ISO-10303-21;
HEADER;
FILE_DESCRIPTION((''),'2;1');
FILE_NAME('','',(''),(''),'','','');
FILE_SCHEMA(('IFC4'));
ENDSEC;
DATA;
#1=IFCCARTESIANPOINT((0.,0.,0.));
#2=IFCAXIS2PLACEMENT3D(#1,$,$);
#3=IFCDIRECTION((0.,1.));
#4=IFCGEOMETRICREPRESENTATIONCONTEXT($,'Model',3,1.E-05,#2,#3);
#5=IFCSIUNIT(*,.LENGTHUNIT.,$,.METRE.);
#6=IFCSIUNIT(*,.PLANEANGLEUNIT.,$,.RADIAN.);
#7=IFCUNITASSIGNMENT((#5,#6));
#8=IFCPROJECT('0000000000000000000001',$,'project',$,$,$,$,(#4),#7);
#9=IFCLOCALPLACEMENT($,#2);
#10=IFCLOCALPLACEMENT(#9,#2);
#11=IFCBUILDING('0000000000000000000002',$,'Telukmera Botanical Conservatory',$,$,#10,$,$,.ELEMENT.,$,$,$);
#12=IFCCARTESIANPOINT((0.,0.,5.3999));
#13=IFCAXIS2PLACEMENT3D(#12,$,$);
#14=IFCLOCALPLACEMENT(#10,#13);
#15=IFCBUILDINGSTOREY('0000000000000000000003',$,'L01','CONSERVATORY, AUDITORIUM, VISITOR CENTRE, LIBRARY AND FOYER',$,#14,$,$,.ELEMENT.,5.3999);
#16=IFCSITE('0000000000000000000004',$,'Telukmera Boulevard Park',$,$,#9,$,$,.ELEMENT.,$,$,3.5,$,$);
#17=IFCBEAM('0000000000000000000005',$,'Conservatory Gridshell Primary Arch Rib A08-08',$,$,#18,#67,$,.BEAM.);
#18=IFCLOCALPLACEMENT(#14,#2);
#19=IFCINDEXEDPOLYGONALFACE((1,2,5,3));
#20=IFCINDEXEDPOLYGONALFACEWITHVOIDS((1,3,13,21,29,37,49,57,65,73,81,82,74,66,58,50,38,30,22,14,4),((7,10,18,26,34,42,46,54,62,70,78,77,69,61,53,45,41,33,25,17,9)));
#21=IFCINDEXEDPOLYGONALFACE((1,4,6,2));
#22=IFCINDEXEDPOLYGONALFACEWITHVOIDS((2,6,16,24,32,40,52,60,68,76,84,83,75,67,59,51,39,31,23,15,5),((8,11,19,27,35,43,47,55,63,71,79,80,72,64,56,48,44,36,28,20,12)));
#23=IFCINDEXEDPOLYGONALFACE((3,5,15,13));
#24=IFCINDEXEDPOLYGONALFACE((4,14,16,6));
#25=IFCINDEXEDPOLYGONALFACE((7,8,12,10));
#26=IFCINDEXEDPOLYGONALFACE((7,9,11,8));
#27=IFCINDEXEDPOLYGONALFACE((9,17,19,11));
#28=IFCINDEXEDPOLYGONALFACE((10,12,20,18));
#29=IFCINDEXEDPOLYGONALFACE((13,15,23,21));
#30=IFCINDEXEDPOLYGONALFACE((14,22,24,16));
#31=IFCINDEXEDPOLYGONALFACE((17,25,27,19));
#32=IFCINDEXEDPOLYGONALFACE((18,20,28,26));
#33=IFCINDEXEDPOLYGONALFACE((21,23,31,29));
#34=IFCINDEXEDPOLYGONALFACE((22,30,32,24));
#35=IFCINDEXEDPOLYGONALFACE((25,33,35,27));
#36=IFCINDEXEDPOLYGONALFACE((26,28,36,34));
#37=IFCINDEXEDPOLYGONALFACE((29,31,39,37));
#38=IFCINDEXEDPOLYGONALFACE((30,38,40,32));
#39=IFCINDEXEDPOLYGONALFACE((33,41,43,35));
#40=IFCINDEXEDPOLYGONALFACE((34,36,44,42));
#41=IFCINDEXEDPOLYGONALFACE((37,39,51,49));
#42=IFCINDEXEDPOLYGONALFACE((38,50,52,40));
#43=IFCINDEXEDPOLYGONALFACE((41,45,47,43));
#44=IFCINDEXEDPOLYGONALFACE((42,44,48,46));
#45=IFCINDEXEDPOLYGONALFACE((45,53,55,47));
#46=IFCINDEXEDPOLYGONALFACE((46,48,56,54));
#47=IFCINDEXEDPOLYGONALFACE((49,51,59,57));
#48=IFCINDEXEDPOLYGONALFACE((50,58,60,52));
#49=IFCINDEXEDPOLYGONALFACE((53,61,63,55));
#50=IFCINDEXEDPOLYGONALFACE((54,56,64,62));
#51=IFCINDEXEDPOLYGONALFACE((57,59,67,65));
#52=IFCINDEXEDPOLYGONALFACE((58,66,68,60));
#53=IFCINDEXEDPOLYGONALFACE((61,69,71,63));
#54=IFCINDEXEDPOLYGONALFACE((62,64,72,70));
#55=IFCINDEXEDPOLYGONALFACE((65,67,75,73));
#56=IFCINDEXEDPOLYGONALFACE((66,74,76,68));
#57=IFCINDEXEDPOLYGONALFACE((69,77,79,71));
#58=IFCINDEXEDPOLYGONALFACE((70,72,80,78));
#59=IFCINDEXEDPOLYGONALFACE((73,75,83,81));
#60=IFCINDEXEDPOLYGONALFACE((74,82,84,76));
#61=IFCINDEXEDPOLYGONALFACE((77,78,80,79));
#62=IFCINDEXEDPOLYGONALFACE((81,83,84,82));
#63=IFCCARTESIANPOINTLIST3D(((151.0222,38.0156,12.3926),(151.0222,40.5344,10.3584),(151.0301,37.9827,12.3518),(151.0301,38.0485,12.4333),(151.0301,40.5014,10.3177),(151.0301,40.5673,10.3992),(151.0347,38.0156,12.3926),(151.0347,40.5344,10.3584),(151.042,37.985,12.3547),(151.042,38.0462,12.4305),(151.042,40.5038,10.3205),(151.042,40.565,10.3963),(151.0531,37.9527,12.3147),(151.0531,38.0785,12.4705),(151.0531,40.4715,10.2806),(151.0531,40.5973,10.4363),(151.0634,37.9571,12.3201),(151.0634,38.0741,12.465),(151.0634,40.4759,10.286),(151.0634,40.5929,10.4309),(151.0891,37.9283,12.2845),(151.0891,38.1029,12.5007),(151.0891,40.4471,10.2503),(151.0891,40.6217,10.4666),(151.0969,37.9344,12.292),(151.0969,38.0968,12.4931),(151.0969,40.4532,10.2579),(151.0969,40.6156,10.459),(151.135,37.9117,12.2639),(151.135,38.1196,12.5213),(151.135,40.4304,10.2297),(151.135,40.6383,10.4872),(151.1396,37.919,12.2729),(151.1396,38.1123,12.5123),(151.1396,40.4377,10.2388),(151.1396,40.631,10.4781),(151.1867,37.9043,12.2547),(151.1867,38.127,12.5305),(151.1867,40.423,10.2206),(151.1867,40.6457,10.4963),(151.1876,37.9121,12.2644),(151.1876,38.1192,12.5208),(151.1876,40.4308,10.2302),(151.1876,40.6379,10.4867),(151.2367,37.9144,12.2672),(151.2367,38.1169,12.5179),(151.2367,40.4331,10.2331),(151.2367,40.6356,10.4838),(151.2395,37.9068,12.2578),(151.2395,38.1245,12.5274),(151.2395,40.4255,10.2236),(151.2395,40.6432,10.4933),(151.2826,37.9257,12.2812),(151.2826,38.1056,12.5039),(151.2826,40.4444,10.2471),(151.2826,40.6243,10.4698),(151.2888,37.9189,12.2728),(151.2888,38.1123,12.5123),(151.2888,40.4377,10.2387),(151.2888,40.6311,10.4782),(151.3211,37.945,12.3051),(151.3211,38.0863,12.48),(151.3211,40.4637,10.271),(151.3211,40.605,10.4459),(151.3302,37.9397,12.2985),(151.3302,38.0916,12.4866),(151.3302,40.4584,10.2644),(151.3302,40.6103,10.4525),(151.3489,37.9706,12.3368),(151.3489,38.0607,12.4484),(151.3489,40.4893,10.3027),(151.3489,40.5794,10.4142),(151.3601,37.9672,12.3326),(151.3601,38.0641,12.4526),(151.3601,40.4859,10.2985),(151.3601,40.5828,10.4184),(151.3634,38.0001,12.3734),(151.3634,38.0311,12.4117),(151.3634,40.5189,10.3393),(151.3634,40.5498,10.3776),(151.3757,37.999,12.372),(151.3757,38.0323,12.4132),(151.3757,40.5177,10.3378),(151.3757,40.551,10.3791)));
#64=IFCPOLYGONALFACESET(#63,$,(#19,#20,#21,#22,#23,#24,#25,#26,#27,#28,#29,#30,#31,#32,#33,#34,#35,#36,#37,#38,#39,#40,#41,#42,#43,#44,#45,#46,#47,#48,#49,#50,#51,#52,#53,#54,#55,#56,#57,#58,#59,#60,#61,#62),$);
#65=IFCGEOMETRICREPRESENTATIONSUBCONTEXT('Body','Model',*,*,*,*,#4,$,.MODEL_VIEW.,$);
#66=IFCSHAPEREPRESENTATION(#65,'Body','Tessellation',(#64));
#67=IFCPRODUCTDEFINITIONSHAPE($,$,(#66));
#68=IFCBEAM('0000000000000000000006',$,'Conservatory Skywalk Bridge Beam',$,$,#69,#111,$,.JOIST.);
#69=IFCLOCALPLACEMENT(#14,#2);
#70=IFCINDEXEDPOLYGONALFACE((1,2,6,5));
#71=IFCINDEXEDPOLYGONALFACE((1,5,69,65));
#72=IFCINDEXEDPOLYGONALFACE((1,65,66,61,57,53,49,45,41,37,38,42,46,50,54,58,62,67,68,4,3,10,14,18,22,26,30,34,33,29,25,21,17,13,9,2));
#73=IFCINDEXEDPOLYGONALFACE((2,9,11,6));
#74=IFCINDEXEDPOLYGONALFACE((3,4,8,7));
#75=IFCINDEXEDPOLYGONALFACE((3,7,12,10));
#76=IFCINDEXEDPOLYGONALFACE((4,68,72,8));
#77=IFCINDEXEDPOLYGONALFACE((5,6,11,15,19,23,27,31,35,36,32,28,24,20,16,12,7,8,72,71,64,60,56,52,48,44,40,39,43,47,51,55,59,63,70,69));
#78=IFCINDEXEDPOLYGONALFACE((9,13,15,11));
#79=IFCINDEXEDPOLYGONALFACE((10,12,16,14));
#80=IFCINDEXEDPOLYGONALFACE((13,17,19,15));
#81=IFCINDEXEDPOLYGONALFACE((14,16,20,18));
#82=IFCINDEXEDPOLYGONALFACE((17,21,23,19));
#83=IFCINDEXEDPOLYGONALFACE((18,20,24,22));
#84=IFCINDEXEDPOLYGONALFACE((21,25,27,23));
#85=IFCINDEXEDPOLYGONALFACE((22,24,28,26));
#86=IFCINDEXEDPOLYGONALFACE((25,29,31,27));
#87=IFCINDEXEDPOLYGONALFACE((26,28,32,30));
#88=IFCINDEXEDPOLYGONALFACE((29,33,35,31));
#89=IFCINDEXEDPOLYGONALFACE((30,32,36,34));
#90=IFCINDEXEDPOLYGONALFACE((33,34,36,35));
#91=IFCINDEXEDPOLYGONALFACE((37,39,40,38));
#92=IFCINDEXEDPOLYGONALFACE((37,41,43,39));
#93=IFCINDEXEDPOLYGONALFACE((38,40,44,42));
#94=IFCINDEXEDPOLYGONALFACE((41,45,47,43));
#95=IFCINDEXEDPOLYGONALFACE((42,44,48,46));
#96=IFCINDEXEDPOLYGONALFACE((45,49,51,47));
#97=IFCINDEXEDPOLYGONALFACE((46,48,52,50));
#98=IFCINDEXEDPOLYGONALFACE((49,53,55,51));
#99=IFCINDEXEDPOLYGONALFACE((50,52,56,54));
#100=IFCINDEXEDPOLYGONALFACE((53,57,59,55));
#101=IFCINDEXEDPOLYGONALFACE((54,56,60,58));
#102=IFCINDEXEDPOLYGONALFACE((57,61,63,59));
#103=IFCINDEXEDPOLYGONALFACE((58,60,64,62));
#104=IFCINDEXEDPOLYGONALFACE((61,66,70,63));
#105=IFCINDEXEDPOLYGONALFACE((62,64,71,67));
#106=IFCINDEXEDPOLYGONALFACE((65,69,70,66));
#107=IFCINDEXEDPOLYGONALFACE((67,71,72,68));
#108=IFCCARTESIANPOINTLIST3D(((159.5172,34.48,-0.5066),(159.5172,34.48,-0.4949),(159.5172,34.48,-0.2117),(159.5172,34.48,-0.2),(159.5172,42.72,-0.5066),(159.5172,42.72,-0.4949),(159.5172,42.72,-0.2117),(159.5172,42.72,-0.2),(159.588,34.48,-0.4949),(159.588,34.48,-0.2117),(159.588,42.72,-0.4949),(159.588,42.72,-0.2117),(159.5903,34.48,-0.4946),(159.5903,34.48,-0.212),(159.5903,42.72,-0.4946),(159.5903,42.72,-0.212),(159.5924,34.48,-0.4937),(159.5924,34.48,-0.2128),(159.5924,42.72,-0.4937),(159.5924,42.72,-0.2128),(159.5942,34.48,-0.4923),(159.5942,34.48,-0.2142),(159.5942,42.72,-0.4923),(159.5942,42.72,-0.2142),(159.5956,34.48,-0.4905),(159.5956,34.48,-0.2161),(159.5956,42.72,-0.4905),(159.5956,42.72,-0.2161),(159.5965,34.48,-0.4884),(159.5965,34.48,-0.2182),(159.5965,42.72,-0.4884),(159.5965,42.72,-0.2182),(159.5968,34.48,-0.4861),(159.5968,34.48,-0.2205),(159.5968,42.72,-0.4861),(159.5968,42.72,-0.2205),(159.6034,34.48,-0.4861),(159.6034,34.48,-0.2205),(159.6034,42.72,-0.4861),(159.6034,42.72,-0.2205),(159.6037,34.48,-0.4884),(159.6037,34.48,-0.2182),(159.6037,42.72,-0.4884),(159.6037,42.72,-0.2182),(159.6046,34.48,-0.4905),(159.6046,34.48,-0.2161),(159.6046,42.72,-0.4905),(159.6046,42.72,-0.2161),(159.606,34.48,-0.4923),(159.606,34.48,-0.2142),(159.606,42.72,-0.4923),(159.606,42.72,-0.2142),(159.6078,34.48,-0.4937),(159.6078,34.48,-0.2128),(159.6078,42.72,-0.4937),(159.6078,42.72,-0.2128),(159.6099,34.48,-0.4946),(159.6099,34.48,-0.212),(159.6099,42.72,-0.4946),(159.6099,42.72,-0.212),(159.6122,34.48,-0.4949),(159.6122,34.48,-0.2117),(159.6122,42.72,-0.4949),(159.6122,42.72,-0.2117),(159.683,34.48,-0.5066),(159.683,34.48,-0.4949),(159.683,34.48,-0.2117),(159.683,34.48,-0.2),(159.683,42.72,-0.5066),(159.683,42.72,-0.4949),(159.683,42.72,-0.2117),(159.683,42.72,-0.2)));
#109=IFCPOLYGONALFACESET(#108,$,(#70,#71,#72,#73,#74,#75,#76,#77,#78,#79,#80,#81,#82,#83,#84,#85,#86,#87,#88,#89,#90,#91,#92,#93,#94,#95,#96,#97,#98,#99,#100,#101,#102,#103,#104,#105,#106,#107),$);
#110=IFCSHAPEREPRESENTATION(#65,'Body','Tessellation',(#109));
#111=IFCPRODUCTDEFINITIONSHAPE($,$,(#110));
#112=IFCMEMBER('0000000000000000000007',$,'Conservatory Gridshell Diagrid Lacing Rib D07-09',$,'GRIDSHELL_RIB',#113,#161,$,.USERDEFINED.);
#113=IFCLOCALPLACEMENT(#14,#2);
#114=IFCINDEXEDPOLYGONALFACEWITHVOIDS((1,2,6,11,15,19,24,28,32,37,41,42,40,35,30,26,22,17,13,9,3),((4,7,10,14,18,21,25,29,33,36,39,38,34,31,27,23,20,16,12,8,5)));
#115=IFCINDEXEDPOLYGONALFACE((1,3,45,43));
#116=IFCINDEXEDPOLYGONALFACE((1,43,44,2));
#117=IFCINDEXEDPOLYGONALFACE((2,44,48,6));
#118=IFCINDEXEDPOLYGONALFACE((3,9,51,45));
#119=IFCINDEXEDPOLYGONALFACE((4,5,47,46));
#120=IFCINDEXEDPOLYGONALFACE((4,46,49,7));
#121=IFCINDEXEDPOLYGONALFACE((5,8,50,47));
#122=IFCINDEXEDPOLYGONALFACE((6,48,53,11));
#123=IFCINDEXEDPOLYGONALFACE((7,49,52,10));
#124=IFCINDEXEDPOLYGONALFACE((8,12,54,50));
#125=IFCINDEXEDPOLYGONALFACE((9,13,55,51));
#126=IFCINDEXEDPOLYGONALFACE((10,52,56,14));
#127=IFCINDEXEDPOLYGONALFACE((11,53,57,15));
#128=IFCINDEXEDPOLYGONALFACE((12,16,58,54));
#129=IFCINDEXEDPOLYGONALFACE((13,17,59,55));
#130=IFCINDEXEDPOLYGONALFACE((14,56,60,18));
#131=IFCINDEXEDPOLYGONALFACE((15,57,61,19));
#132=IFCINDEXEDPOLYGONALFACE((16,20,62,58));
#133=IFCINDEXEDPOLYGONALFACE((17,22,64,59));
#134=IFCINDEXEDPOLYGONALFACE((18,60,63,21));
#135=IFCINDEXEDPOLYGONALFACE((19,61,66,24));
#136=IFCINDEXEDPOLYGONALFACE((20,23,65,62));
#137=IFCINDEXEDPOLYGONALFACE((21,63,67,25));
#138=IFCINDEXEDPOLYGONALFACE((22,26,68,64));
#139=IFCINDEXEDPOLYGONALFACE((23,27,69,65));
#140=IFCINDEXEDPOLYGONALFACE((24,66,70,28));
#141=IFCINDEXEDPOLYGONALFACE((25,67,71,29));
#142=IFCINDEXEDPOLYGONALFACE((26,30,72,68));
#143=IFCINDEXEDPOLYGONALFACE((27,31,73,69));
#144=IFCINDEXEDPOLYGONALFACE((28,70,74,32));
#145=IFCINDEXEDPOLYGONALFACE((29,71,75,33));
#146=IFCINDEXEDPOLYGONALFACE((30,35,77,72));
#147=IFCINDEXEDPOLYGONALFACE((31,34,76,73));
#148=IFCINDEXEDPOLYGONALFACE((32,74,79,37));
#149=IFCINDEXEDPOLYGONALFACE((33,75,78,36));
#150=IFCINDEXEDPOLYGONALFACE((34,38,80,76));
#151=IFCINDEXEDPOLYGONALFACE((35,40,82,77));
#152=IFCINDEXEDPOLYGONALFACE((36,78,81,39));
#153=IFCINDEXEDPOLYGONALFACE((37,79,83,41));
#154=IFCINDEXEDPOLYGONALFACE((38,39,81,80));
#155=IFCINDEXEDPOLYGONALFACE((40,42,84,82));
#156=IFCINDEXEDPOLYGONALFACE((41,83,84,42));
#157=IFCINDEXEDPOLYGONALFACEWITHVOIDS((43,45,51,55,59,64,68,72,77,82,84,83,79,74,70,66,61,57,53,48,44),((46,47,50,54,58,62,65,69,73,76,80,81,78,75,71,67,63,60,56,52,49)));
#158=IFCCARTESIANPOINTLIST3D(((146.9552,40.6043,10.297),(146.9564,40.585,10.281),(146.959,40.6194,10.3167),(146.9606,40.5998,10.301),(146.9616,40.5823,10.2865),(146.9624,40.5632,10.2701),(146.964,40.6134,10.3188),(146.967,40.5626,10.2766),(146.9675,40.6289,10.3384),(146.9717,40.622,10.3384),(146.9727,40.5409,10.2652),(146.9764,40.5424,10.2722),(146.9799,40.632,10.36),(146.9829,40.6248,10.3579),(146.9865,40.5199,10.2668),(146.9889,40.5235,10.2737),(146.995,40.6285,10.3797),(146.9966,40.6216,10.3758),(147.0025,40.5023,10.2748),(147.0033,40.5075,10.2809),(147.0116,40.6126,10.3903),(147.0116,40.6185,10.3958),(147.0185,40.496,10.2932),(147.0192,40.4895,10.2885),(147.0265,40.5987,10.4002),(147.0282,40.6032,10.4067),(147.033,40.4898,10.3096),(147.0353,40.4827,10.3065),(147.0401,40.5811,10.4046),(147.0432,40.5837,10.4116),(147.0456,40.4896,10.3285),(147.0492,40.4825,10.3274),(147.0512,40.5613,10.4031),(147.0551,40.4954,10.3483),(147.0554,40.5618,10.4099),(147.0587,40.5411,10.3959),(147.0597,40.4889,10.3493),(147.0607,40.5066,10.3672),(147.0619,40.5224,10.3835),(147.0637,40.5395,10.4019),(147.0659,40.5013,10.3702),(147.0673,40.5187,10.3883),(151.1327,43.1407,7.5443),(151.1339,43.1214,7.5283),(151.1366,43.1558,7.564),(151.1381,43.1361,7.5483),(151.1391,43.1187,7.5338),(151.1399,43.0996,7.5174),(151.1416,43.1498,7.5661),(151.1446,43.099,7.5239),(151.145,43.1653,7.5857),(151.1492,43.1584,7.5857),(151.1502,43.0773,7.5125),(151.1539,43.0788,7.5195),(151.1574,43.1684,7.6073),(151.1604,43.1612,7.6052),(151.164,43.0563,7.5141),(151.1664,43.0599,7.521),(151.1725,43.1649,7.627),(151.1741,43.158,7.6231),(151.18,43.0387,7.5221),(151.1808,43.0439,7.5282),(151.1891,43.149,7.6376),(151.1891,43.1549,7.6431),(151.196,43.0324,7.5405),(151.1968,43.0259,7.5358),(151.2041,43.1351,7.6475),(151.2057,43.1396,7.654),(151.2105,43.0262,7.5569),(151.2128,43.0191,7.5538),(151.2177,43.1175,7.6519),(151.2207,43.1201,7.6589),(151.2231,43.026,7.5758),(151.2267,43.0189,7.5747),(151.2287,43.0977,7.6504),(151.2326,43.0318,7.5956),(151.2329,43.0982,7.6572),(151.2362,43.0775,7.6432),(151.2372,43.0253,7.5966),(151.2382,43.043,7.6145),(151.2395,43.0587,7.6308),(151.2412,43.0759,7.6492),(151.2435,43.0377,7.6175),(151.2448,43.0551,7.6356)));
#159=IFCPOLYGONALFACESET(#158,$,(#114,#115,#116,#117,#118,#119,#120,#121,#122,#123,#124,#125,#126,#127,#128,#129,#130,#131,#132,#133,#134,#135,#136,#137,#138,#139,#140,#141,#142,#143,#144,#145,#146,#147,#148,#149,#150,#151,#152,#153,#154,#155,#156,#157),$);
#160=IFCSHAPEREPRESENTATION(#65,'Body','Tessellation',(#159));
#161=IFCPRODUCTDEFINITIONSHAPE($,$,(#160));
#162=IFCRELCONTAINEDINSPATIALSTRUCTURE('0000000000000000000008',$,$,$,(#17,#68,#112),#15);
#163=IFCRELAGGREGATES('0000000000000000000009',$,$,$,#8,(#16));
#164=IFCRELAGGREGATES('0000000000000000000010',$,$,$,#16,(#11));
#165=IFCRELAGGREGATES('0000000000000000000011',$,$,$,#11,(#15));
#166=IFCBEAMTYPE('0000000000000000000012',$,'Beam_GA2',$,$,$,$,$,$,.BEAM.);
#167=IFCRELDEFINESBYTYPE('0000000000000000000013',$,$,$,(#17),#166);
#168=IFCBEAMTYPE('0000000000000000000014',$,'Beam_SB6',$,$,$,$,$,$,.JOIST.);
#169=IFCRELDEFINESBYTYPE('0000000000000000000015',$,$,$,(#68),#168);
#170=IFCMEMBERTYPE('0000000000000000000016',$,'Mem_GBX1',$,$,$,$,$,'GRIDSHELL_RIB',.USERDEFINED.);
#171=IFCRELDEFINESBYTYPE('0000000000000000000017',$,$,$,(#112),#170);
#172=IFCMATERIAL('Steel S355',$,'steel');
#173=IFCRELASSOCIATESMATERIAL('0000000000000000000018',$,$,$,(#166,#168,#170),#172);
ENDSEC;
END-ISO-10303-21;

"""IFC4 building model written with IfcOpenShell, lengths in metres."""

from ifc_helpers import new_model, si_unit, direction, frame, origin, origin_2d, place, context, subcontext, project, spatial, hollow_circle, i_section, extrude, material, material_profile, profile_set, type_object, element, save


model = new_model("IFC4")

# Units and contexts
model_context = context("Model", 3, precision=1e-05, world=origin(), true_north=direction((0.0, 1.0)))
body_context = subcontext(model_context, "Body", "Model", "MODEL_VIEW")
ifc_project = project(units=[si_unit("LENGTHUNIT", "METRE"), si_unit("PLANEANGLEUNIT", "RADIAN")], contexts=[model_context])

# Site, building, storey
site_placement = place(None, origin())
site = spatial("IfcSite", under=ifc_project, at=site_placement, Name="Telukmera Boulevard Park", CompositionType="ELEMENT", RefElevation=3.5)
building_placement = place(site_placement, origin())
building = spatial("IfcBuilding", under=site, at=building_placement, Name="Telukmera Botanical Conservatory", CompositionType="ELEMENT")
storey_placement = place(building_placement, frame((0.0, 0.0, 5.3999)))
storey = spatial("IfcBuildingStorey", under=building, at=storey_placement, Name="L01", Description="CONSERVATORY, AUDITORIUM, VISITOR CENTRE, LIBRARY AND FOYER", CompositionType="ELEMENT", Elevation=5.3999)

# Beams
ifc_material_1 = material(Name="Steel S355", Category="steel")
ifc_material_profile_1 = material_profile(ifc_material_1, hollow_circle(Radius=0.1777, WallThickness=0.0125, at=origin_2d()), Name="CHS 355.6x12.5")
ifc_profile_set_1 = profile_set([ifc_material_profile_1], Name="Steel S355")
beam_type_1 = type_object("IfcBeamType", Name="Beam_GA2", PredefinedType="BEAM", material=ifc_profile_set_1)
beam_1_placement = place(storey_placement, frame((151.2, 38.0156, 12.3926), z_axis=(0.0, 0.777977, -0.628293), x_axis=(-1.0, 0.0, 0.0)))
element("IfcBeam", 1, at=beam_1_placement, inside=storey, type_object=beam_type_1, Name="Conservatory Gridshell Primary Arch Rib A08-08", PredefinedType="BEAM", context=body_context, shape_type="SweptSolid", body=[
    extrude(hollow_circle(Radius=0.1777, WallThickness=0.0125, at=origin_2d()), origin(), (0.0, 0.0, 1.0), 3.2375),
])
ifc_material_profile_2 = material_profile(ifc_material_1, i_section(OverallWidth=0.1658, OverallDepth=0.3066, WebThickness=0.0066, FlangeThickness=0.0117, FilletRadius=0.0088, at=origin_2d()), Name="UB 305x165x46")
ifc_profile_set_2 = profile_set([ifc_material_profile_2], Name="Steel S355")
beam_type_2 = type_object("IfcBeamType", Name="Beam_SB6", PredefinedType="JOIST", material=ifc_profile_set_2)
beam_2_placement = place(storey_placement, frame((159.6001, 34.48, -0.3533), z_axis=(0.0, 1.0, 0.0), x_axis=(-1.0, 0.0, 0.0)))
element("IfcBeam", 2, at=beam_2_placement, inside=storey, type_object=beam_type_2, Name="Conservatory Skywalk Bridge Beam", PredefinedType="JOIST", context=body_context, shape_type="SweptSolid", body=[
    extrude(i_section(OverallWidth=0.1658, OverallDepth=0.3066, WebThickness=0.0066, FlangeThickness=0.0117, FilletRadius=0.0088, at=origin_2d()), origin(), (0.0, 0.0, 1.0), 8.24),
])

# Member
ifc_material_profile_3 = material_profile(ifc_material_1, hollow_circle(Radius=0.0842, WallThickness=0.0081, at=origin_2d()), Name="CHS 168.3x8.0")
ifc_profile_set_3 = profile_set([ifc_material_profile_3], Name="Steel S355")
member_type_1 = type_object("IfcMemberType", Name="Mem_GBX1", ElementType="GRIDSHELL_RIB", PredefinedType="USERDEFINED", material=ifc_profile_set_3)
member_1_placement = place(storey_placement, frame((147.0112, 40.5569, 10.3384), z_axis=(0.744771, 0.45219, -0.490754), x_axis=(-0.518985, 0.854784, 0.0)))
element("IfcMember", 3, at=member_1_placement, inside=storey, type_object=member_type_1, Name="Conservatory Gridshell Diagrid Lacing Rib D07-09", ObjectType="GRIDSHELL_RIB", PredefinedType="USERDEFINED", context=body_context, shape_type="SweptSolid", body=[
    extrude(hollow_circle(Radius=0.0842, WallThickness=0.0081, at=origin_2d()), origin(), (0.0, 0.0, 1.0), 5.6091),
])

save(model, "model.ifc")
